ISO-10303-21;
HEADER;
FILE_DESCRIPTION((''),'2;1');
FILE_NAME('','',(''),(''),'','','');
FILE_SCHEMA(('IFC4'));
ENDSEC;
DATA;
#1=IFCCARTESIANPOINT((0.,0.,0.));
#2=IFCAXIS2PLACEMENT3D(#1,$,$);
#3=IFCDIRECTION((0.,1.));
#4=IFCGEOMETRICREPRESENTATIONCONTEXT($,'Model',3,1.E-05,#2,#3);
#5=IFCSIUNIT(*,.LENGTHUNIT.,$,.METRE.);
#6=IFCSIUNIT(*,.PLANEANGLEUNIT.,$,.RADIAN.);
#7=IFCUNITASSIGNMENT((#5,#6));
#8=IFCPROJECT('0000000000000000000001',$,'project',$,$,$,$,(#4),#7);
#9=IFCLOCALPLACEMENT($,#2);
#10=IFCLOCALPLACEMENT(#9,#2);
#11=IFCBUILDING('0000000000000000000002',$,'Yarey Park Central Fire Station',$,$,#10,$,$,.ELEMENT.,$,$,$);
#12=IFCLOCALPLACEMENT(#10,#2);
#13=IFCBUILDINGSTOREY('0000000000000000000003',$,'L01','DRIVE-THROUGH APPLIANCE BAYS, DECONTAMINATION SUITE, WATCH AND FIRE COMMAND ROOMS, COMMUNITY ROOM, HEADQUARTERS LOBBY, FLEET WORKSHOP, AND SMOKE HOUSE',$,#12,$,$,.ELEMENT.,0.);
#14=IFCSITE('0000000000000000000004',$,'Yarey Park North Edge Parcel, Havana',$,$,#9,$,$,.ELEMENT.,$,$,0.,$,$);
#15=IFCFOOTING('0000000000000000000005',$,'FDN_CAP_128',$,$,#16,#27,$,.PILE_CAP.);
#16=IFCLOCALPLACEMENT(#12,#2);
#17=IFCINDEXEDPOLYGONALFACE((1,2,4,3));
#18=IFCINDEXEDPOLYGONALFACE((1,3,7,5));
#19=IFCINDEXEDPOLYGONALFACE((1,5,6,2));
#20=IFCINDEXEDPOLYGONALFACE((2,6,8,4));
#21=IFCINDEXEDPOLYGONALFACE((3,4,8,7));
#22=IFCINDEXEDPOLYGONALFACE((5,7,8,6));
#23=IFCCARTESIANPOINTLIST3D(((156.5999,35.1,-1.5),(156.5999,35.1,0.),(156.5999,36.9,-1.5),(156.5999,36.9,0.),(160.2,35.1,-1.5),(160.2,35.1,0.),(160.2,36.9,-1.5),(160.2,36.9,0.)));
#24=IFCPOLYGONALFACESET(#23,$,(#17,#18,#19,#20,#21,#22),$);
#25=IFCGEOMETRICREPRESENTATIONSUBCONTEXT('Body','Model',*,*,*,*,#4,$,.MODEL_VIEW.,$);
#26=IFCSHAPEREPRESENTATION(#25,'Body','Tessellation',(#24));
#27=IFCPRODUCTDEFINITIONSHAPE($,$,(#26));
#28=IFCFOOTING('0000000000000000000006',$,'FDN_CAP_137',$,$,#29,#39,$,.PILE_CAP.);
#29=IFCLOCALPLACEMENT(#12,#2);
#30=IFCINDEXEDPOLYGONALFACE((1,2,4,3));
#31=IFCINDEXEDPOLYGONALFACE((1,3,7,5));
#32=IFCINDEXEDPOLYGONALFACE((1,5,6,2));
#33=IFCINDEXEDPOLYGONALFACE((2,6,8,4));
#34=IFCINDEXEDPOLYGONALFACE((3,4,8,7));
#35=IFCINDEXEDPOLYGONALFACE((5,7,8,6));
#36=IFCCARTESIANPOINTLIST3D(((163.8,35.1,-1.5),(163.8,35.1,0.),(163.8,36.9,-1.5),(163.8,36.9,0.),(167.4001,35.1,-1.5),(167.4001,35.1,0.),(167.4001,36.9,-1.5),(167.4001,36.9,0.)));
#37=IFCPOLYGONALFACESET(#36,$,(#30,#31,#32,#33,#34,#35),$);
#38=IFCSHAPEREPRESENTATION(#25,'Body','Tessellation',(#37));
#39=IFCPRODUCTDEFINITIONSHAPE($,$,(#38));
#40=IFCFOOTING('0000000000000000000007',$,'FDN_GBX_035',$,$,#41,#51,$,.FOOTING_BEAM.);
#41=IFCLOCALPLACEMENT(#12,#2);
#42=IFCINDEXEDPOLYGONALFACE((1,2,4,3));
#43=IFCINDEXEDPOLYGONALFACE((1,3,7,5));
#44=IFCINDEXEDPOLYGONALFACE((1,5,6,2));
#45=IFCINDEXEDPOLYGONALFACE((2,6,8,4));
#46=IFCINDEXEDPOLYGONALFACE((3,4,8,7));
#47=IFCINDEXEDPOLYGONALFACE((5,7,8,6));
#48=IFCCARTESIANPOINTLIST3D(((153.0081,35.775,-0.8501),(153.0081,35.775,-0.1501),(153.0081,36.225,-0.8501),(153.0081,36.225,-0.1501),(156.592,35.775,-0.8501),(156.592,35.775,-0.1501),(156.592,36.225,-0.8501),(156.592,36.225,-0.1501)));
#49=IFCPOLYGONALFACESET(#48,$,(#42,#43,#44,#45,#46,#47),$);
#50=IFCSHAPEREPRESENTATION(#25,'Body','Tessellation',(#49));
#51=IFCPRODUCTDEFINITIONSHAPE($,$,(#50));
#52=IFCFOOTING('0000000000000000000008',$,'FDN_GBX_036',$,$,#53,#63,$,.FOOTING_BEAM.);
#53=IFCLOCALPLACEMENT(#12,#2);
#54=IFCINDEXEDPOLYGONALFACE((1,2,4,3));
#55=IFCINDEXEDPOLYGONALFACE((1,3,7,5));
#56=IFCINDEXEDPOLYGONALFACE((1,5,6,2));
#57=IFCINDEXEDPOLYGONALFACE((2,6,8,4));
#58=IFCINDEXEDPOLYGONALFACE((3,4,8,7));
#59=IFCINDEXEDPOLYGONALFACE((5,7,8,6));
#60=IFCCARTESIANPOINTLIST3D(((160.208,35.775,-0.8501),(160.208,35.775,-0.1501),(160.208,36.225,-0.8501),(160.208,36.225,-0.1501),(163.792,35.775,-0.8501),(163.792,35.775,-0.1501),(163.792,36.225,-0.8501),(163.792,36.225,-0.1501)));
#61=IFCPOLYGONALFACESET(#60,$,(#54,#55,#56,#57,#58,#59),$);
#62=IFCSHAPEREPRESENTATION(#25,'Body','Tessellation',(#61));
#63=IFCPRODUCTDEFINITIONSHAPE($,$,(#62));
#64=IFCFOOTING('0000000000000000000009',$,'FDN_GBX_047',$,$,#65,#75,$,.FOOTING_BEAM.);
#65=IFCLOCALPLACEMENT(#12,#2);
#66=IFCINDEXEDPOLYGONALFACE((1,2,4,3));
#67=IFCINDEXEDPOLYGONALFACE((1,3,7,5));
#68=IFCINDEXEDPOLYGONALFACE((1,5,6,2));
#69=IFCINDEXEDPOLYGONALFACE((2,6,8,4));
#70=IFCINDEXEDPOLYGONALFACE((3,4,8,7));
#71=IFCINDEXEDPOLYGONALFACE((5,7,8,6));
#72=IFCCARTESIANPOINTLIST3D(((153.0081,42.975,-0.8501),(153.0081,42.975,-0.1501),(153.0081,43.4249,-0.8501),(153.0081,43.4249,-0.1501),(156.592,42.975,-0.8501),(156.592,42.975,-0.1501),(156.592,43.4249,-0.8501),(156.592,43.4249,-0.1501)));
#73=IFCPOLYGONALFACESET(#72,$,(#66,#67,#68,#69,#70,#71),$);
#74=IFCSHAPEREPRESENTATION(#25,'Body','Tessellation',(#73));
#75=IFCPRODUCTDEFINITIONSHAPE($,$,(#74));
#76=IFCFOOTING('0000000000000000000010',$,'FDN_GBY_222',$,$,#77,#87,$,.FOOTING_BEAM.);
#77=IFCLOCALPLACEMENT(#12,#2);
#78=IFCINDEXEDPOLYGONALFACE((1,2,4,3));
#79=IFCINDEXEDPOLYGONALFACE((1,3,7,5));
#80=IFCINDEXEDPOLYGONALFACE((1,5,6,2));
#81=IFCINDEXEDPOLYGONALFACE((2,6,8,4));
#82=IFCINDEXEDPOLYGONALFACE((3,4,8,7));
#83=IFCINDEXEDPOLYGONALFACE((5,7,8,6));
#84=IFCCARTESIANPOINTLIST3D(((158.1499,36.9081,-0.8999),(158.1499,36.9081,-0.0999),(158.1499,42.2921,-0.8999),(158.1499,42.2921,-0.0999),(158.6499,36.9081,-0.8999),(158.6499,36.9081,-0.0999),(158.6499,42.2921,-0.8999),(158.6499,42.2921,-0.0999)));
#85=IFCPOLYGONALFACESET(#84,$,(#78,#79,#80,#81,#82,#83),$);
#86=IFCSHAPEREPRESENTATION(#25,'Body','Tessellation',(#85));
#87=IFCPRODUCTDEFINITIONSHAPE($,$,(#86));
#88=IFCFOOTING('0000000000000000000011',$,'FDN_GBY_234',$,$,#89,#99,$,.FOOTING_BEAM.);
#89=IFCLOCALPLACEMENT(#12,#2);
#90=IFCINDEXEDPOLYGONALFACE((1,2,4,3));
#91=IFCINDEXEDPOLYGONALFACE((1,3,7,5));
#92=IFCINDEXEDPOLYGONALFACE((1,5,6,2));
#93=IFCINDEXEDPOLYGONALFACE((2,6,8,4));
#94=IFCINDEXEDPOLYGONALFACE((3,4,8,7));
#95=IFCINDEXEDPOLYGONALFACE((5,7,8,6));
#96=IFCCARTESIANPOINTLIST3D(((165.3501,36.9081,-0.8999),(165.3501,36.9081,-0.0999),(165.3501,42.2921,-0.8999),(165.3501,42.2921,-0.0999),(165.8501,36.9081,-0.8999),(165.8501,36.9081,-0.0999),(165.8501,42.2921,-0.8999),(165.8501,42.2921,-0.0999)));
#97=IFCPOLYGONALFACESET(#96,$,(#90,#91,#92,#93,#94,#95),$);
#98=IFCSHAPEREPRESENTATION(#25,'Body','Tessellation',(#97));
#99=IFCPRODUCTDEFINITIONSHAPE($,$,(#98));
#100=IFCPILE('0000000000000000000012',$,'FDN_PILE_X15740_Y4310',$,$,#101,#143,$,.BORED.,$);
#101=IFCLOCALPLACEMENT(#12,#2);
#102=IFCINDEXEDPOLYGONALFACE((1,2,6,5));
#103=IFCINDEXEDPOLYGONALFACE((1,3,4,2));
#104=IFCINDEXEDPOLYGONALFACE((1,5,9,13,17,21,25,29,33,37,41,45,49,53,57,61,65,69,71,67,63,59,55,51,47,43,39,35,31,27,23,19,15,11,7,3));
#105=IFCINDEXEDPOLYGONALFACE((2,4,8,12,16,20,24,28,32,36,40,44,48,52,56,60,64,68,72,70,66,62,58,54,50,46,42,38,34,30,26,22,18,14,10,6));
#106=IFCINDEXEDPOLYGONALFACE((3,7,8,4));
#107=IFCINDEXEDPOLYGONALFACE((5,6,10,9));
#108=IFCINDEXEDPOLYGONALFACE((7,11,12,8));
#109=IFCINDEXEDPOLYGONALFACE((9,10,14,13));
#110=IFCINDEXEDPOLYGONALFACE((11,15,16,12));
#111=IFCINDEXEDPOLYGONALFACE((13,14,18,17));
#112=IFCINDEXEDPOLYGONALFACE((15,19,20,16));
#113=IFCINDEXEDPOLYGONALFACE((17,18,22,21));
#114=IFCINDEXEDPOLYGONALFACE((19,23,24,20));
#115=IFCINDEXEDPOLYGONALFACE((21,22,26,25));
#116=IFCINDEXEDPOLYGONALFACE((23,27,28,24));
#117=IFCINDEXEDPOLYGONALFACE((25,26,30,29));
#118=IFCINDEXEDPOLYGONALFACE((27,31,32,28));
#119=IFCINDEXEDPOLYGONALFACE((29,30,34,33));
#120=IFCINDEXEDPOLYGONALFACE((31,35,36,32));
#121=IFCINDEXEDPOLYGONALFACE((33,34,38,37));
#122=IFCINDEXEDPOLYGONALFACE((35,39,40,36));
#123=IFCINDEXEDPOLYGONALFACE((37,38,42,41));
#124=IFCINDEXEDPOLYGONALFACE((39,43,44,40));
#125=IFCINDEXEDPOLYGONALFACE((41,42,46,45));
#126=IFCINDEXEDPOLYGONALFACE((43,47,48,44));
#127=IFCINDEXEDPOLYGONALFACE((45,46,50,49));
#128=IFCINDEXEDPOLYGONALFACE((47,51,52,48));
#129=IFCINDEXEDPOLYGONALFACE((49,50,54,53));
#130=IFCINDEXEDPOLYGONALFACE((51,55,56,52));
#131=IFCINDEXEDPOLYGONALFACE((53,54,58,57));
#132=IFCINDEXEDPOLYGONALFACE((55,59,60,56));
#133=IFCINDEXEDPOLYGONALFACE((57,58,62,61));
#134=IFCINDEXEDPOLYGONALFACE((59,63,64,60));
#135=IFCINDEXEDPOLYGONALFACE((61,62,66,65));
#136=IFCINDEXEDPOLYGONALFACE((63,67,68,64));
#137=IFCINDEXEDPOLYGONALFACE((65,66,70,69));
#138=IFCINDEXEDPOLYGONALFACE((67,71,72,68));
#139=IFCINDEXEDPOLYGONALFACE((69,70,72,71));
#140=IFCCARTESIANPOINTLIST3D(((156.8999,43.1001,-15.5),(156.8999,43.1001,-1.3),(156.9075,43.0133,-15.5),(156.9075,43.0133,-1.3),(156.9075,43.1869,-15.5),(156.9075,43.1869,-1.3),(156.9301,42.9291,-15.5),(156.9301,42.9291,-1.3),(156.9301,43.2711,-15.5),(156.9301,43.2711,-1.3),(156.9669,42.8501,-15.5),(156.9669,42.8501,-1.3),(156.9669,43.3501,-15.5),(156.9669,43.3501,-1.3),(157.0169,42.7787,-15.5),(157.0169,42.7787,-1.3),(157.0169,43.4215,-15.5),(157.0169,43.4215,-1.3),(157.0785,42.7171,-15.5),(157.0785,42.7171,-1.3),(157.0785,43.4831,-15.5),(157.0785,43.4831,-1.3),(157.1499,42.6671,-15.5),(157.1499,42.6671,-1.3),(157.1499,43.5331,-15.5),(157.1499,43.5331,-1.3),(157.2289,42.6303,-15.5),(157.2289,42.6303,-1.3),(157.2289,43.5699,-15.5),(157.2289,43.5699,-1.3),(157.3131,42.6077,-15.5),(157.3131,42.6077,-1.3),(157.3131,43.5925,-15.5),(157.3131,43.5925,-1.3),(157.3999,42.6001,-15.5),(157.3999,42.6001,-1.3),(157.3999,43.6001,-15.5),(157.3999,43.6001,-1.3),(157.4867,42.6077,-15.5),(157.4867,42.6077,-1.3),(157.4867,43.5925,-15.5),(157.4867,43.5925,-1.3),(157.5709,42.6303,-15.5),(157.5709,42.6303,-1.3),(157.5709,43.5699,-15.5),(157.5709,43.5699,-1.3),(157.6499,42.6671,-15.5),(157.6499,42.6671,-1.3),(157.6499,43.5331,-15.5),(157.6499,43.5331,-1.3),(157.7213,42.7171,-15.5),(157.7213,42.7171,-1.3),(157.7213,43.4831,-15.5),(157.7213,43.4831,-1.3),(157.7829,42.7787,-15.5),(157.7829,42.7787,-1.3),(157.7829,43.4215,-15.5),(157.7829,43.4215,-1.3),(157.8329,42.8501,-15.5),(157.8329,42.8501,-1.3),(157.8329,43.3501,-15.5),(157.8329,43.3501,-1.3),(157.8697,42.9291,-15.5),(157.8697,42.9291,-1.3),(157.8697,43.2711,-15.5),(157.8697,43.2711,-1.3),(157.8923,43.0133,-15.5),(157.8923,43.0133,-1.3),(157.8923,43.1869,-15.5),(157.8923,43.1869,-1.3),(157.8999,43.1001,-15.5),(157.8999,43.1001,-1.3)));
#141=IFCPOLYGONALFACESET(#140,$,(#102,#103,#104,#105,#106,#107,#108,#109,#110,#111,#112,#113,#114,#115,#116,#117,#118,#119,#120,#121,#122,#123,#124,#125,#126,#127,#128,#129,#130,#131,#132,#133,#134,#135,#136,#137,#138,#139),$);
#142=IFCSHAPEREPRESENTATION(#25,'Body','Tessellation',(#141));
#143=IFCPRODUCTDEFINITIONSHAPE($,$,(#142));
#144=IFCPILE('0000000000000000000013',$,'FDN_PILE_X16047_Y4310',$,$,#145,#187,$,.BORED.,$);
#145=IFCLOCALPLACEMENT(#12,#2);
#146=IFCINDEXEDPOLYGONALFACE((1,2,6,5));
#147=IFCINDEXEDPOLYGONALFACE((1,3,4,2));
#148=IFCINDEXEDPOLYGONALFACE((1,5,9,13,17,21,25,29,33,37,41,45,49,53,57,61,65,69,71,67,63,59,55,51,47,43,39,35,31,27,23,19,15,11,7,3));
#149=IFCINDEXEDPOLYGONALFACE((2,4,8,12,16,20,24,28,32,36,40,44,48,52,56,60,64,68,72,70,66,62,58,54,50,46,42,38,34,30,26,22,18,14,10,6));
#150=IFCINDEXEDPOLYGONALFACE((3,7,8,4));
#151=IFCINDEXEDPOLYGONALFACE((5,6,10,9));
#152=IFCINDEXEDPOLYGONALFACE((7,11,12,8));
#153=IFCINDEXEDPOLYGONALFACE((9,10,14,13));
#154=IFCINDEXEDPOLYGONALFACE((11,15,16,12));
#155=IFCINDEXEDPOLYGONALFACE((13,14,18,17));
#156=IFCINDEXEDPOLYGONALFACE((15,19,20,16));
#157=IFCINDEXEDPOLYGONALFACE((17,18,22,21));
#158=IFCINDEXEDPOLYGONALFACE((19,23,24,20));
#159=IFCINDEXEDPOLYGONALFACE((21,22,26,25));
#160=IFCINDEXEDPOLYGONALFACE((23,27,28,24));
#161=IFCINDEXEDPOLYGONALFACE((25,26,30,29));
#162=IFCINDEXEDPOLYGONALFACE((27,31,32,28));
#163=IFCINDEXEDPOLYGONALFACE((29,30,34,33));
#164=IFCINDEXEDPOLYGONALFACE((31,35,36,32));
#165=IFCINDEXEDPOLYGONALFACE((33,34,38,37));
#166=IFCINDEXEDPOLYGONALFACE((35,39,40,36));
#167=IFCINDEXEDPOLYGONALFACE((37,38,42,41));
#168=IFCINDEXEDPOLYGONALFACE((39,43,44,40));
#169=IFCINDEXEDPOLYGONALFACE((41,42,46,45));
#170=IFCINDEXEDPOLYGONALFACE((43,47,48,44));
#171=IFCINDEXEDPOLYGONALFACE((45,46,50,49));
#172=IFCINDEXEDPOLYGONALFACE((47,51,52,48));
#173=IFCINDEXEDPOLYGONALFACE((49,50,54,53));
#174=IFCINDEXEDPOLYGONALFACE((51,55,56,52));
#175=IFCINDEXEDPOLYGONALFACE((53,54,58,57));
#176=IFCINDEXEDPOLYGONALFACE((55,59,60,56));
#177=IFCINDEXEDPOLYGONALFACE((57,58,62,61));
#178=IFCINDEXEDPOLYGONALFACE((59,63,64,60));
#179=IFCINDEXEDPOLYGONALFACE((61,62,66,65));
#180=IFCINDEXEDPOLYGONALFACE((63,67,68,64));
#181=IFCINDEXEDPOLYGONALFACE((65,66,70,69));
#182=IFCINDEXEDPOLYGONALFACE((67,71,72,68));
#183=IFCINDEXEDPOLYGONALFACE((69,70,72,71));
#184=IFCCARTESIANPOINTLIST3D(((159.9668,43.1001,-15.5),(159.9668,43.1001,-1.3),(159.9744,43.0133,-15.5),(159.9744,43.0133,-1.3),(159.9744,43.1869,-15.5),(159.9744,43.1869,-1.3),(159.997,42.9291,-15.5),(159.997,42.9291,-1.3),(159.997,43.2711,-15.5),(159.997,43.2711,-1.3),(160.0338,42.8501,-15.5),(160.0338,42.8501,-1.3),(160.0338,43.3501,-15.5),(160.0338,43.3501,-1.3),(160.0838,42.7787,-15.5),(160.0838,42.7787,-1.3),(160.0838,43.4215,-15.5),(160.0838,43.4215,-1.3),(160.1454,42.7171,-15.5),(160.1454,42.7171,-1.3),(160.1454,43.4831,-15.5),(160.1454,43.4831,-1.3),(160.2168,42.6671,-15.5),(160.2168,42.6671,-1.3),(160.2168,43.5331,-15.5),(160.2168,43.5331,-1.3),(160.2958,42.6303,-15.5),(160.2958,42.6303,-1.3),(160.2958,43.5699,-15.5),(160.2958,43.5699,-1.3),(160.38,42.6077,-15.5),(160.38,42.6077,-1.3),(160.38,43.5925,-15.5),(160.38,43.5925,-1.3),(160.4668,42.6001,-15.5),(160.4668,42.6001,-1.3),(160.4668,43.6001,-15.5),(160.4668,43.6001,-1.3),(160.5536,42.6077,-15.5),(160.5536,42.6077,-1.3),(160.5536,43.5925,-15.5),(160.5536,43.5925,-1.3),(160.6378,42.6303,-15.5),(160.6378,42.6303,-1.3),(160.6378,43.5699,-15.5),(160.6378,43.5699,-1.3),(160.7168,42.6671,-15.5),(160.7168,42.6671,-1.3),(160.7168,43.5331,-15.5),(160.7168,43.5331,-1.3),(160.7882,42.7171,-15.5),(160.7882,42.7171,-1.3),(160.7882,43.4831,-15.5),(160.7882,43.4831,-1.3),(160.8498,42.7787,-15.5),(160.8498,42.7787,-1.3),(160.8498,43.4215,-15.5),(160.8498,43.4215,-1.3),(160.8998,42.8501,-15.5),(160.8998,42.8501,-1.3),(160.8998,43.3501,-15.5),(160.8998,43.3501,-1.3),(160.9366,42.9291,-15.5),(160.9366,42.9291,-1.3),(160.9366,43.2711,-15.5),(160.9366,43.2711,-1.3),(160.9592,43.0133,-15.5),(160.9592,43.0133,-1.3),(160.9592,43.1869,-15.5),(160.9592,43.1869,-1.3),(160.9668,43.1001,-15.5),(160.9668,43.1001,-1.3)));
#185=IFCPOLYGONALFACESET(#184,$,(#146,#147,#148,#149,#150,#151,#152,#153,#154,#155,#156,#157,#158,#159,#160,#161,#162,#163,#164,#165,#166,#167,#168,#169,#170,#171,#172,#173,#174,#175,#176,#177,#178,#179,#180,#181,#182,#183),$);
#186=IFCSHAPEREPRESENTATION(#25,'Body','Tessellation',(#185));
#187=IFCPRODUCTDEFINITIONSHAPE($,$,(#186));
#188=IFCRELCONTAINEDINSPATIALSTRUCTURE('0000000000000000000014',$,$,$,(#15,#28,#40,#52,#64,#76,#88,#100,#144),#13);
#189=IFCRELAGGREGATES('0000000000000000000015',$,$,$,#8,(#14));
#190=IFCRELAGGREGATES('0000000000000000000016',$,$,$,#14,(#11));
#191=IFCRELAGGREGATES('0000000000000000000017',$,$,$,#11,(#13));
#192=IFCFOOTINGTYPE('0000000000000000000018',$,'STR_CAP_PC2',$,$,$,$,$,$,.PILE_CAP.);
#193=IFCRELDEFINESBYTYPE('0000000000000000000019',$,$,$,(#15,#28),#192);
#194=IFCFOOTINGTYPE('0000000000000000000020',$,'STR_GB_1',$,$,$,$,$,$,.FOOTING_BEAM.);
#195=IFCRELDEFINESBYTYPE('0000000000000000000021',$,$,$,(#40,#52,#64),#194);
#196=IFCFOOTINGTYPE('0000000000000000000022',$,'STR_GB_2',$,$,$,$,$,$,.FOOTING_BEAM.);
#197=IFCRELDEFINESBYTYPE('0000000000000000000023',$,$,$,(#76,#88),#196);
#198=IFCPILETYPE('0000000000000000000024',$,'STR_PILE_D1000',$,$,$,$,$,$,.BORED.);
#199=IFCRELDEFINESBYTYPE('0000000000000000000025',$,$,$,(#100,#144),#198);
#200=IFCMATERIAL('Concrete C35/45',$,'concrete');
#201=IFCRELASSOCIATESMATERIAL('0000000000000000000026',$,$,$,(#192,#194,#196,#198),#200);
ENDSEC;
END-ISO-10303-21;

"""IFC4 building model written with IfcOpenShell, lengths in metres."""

from ifc_helpers import new_model, si_unit, direction, frame, origin, origin_2d, place, context, subcontext, project, spatial, rectangle, circle, extrude, material, material_profile, profile_set, type_object, element, save


model = new_model("IFC4")

# Units and contexts
model_context = context("Model", 3, precision=1e-05, world=origin(), true_north=direction((0.0, 1.0)))
body_context = subcontext(model_context, "Body", "Model", "MODEL_VIEW")
ifc_project = project(units=[si_unit("LENGTHUNIT", "METRE"), si_unit("PLANEANGLEUNIT", "RADIAN")], contexts=[model_context])

# Site, building, storey
site_placement = place(None, origin())
site = spatial("IfcSite", under=ifc_project, at=site_placement, Name="Yarey Park North Edge Parcel, Havana", CompositionType="ELEMENT", RefElevation=0.0)
building_placement = place(site_placement, origin())
building = spatial("IfcBuilding", under=site, at=building_placement, Name="Yarey Park Central Fire Station", CompositionType="ELEMENT")
storey_placement = place(building_placement, origin())
storey = spatial("IfcBuildingStorey", under=building, at=storey_placement, Name="L01", Description="DRIVE-THROUGH APPLIANCE BAYS, DECONTAMINATION SUITE, WATCH AND FIRE COMMAND ROOMS, COMMUNITY ROOM, HEADQUARTERS LOBBY, FLEET WORKSHOP, AND SMOKE HOUSE", CompositionType="ELEMENT", Elevation=0.0)

# Footings
ifc_material_1 = material(Name="Concrete C35/45", Category="concrete")
footing_type_1 = type_object("IfcFootingType", Name="STR_CAP_PC2", PredefinedType="PILE_CAP", material=ifc_material_1)
for number, where, z_axis, x_axis, name in (
    (1, (158.3999, 36.0, -1.5), (0.0, 0.0, 1.0), (1.0, 0.0, 0.0), "FDN_CAP_128"),
    (2, (165.6001, 36.0, -1.5), (0.0, 0.0, 1.0), (1.0, 0.0, 0.0), "FDN_CAP_137"),
):
    element("IfcFooting", number, at=place(storey_placement, frame(where, z_axis=z_axis, x_axis=x_axis)), inside=storey, type_object=footing_type_1, Name=name, PredefinedType="PILE_CAP", context=body_context, shape_type="SweptSolid", body=[
        extrude(rectangle(XDim=3.6001, YDim=1.8, at=origin_2d()), origin(), (0.0, 0.0, 1.0), 1.5),
    ])
footing_type_2 = type_object("IfcFootingType", Name="STR_GB_1", PredefinedType="FOOTING_BEAM", material=ifc_material_1)
for number, where, z_axis, x_axis, name in (
    (3, (154.8, 36.0, -0.8501), (0.0, 0.0, 1.0), (1.0, 0.0, 0.0), "FDN_GBX_035"),
    (4, (162.0, 36.0, -0.8501), (0.0, 0.0, 1.0), (1.0, 0.0, 0.0), "FDN_GBX_036"),
    (5, (154.8, 43.2, -0.8501), (0.0, 0.0, 1.0), (1.0, 0.0, 0.0), "FDN_GBX_047"),
):
    element("IfcFooting", number, at=place(storey_placement, frame(where, z_axis=z_axis, x_axis=x_axis)), inside=storey, type_object=footing_type_2, Name=name, PredefinedType="FOOTING_BEAM", context=body_context, shape_type="SweptSolid", body=[
        extrude(rectangle(XDim=3.584, YDim=0.45, at=origin_2d()), origin(), (0.0, 0.0, 1.0), 0.7),
    ])
footing_type_3 = type_object("IfcFootingType", Name="STR_GB_2", PredefinedType="FOOTING_BEAM", material=ifc_material_1)
for number, where, z_axis, x_axis, name in (
    (6, (158.3999, 39.6001, -0.8999), (0.0, 0.0, 1.0), (1.0, 0.0, 0.0), "FDN_GBY_222"),
    (7, (165.6001, 39.6001, -0.8999), (0.0, 0.0, 1.0), (1.0, 0.0, 0.0), "FDN_GBY_234"),
):
    element("IfcFooting", number, at=place(storey_placement, frame(where, z_axis=z_axis, x_axis=x_axis)), inside=storey, type_object=footing_type_3, Name=name, PredefinedType="FOOTING_BEAM", context=body_context, shape_type="SweptSolid", body=[
        extrude(rectangle(XDim=0.5, YDim=5.384, at=origin_2d()), origin(), (0.0, 0.0, 1.0), 0.8),
    ])

# Piles
ifc_material_profile_1 = material_profile(ifc_material_1, circle(Radius=0.5, at=origin_2d()), Name="BORED PILE D1000")
ifc_profile_set_1 = profile_set([ifc_material_profile_1], Name="Concrete C35/45")
pile_type_1 = type_object("IfcPileType", Name="STR_PILE_D1000", PredefinedType="BORED", material=ifc_profile_set_1)
for number, where, z_axis, x_axis, name in (
    (8, (157.3999, 43.1001, -1.3), (0.0, 0.0, -1.0), (1.0, 0.0, 0.0), "FDN_PILE_X15740_Y4310"),
    (9, (160.4668, 43.1001, -1.3), (0.0, 0.0, -1.0), (1.0, 0.0, 0.0), "FDN_PILE_X16047_Y4310"),
):
    element("IfcPile", number, at=place(storey_placement, frame(where, z_axis=z_axis, x_axis=x_axis)), inside=storey, type_object=pile_type_1, Name=name, PredefinedType="BORED", context=body_context, shape_type="SweptSolid", body=[
        extrude(circle(Radius=0.5, at=origin_2d()), origin(), (0.0, 0.0, 1.0), 14.2),
    ])

save(model, "model.ifc")
